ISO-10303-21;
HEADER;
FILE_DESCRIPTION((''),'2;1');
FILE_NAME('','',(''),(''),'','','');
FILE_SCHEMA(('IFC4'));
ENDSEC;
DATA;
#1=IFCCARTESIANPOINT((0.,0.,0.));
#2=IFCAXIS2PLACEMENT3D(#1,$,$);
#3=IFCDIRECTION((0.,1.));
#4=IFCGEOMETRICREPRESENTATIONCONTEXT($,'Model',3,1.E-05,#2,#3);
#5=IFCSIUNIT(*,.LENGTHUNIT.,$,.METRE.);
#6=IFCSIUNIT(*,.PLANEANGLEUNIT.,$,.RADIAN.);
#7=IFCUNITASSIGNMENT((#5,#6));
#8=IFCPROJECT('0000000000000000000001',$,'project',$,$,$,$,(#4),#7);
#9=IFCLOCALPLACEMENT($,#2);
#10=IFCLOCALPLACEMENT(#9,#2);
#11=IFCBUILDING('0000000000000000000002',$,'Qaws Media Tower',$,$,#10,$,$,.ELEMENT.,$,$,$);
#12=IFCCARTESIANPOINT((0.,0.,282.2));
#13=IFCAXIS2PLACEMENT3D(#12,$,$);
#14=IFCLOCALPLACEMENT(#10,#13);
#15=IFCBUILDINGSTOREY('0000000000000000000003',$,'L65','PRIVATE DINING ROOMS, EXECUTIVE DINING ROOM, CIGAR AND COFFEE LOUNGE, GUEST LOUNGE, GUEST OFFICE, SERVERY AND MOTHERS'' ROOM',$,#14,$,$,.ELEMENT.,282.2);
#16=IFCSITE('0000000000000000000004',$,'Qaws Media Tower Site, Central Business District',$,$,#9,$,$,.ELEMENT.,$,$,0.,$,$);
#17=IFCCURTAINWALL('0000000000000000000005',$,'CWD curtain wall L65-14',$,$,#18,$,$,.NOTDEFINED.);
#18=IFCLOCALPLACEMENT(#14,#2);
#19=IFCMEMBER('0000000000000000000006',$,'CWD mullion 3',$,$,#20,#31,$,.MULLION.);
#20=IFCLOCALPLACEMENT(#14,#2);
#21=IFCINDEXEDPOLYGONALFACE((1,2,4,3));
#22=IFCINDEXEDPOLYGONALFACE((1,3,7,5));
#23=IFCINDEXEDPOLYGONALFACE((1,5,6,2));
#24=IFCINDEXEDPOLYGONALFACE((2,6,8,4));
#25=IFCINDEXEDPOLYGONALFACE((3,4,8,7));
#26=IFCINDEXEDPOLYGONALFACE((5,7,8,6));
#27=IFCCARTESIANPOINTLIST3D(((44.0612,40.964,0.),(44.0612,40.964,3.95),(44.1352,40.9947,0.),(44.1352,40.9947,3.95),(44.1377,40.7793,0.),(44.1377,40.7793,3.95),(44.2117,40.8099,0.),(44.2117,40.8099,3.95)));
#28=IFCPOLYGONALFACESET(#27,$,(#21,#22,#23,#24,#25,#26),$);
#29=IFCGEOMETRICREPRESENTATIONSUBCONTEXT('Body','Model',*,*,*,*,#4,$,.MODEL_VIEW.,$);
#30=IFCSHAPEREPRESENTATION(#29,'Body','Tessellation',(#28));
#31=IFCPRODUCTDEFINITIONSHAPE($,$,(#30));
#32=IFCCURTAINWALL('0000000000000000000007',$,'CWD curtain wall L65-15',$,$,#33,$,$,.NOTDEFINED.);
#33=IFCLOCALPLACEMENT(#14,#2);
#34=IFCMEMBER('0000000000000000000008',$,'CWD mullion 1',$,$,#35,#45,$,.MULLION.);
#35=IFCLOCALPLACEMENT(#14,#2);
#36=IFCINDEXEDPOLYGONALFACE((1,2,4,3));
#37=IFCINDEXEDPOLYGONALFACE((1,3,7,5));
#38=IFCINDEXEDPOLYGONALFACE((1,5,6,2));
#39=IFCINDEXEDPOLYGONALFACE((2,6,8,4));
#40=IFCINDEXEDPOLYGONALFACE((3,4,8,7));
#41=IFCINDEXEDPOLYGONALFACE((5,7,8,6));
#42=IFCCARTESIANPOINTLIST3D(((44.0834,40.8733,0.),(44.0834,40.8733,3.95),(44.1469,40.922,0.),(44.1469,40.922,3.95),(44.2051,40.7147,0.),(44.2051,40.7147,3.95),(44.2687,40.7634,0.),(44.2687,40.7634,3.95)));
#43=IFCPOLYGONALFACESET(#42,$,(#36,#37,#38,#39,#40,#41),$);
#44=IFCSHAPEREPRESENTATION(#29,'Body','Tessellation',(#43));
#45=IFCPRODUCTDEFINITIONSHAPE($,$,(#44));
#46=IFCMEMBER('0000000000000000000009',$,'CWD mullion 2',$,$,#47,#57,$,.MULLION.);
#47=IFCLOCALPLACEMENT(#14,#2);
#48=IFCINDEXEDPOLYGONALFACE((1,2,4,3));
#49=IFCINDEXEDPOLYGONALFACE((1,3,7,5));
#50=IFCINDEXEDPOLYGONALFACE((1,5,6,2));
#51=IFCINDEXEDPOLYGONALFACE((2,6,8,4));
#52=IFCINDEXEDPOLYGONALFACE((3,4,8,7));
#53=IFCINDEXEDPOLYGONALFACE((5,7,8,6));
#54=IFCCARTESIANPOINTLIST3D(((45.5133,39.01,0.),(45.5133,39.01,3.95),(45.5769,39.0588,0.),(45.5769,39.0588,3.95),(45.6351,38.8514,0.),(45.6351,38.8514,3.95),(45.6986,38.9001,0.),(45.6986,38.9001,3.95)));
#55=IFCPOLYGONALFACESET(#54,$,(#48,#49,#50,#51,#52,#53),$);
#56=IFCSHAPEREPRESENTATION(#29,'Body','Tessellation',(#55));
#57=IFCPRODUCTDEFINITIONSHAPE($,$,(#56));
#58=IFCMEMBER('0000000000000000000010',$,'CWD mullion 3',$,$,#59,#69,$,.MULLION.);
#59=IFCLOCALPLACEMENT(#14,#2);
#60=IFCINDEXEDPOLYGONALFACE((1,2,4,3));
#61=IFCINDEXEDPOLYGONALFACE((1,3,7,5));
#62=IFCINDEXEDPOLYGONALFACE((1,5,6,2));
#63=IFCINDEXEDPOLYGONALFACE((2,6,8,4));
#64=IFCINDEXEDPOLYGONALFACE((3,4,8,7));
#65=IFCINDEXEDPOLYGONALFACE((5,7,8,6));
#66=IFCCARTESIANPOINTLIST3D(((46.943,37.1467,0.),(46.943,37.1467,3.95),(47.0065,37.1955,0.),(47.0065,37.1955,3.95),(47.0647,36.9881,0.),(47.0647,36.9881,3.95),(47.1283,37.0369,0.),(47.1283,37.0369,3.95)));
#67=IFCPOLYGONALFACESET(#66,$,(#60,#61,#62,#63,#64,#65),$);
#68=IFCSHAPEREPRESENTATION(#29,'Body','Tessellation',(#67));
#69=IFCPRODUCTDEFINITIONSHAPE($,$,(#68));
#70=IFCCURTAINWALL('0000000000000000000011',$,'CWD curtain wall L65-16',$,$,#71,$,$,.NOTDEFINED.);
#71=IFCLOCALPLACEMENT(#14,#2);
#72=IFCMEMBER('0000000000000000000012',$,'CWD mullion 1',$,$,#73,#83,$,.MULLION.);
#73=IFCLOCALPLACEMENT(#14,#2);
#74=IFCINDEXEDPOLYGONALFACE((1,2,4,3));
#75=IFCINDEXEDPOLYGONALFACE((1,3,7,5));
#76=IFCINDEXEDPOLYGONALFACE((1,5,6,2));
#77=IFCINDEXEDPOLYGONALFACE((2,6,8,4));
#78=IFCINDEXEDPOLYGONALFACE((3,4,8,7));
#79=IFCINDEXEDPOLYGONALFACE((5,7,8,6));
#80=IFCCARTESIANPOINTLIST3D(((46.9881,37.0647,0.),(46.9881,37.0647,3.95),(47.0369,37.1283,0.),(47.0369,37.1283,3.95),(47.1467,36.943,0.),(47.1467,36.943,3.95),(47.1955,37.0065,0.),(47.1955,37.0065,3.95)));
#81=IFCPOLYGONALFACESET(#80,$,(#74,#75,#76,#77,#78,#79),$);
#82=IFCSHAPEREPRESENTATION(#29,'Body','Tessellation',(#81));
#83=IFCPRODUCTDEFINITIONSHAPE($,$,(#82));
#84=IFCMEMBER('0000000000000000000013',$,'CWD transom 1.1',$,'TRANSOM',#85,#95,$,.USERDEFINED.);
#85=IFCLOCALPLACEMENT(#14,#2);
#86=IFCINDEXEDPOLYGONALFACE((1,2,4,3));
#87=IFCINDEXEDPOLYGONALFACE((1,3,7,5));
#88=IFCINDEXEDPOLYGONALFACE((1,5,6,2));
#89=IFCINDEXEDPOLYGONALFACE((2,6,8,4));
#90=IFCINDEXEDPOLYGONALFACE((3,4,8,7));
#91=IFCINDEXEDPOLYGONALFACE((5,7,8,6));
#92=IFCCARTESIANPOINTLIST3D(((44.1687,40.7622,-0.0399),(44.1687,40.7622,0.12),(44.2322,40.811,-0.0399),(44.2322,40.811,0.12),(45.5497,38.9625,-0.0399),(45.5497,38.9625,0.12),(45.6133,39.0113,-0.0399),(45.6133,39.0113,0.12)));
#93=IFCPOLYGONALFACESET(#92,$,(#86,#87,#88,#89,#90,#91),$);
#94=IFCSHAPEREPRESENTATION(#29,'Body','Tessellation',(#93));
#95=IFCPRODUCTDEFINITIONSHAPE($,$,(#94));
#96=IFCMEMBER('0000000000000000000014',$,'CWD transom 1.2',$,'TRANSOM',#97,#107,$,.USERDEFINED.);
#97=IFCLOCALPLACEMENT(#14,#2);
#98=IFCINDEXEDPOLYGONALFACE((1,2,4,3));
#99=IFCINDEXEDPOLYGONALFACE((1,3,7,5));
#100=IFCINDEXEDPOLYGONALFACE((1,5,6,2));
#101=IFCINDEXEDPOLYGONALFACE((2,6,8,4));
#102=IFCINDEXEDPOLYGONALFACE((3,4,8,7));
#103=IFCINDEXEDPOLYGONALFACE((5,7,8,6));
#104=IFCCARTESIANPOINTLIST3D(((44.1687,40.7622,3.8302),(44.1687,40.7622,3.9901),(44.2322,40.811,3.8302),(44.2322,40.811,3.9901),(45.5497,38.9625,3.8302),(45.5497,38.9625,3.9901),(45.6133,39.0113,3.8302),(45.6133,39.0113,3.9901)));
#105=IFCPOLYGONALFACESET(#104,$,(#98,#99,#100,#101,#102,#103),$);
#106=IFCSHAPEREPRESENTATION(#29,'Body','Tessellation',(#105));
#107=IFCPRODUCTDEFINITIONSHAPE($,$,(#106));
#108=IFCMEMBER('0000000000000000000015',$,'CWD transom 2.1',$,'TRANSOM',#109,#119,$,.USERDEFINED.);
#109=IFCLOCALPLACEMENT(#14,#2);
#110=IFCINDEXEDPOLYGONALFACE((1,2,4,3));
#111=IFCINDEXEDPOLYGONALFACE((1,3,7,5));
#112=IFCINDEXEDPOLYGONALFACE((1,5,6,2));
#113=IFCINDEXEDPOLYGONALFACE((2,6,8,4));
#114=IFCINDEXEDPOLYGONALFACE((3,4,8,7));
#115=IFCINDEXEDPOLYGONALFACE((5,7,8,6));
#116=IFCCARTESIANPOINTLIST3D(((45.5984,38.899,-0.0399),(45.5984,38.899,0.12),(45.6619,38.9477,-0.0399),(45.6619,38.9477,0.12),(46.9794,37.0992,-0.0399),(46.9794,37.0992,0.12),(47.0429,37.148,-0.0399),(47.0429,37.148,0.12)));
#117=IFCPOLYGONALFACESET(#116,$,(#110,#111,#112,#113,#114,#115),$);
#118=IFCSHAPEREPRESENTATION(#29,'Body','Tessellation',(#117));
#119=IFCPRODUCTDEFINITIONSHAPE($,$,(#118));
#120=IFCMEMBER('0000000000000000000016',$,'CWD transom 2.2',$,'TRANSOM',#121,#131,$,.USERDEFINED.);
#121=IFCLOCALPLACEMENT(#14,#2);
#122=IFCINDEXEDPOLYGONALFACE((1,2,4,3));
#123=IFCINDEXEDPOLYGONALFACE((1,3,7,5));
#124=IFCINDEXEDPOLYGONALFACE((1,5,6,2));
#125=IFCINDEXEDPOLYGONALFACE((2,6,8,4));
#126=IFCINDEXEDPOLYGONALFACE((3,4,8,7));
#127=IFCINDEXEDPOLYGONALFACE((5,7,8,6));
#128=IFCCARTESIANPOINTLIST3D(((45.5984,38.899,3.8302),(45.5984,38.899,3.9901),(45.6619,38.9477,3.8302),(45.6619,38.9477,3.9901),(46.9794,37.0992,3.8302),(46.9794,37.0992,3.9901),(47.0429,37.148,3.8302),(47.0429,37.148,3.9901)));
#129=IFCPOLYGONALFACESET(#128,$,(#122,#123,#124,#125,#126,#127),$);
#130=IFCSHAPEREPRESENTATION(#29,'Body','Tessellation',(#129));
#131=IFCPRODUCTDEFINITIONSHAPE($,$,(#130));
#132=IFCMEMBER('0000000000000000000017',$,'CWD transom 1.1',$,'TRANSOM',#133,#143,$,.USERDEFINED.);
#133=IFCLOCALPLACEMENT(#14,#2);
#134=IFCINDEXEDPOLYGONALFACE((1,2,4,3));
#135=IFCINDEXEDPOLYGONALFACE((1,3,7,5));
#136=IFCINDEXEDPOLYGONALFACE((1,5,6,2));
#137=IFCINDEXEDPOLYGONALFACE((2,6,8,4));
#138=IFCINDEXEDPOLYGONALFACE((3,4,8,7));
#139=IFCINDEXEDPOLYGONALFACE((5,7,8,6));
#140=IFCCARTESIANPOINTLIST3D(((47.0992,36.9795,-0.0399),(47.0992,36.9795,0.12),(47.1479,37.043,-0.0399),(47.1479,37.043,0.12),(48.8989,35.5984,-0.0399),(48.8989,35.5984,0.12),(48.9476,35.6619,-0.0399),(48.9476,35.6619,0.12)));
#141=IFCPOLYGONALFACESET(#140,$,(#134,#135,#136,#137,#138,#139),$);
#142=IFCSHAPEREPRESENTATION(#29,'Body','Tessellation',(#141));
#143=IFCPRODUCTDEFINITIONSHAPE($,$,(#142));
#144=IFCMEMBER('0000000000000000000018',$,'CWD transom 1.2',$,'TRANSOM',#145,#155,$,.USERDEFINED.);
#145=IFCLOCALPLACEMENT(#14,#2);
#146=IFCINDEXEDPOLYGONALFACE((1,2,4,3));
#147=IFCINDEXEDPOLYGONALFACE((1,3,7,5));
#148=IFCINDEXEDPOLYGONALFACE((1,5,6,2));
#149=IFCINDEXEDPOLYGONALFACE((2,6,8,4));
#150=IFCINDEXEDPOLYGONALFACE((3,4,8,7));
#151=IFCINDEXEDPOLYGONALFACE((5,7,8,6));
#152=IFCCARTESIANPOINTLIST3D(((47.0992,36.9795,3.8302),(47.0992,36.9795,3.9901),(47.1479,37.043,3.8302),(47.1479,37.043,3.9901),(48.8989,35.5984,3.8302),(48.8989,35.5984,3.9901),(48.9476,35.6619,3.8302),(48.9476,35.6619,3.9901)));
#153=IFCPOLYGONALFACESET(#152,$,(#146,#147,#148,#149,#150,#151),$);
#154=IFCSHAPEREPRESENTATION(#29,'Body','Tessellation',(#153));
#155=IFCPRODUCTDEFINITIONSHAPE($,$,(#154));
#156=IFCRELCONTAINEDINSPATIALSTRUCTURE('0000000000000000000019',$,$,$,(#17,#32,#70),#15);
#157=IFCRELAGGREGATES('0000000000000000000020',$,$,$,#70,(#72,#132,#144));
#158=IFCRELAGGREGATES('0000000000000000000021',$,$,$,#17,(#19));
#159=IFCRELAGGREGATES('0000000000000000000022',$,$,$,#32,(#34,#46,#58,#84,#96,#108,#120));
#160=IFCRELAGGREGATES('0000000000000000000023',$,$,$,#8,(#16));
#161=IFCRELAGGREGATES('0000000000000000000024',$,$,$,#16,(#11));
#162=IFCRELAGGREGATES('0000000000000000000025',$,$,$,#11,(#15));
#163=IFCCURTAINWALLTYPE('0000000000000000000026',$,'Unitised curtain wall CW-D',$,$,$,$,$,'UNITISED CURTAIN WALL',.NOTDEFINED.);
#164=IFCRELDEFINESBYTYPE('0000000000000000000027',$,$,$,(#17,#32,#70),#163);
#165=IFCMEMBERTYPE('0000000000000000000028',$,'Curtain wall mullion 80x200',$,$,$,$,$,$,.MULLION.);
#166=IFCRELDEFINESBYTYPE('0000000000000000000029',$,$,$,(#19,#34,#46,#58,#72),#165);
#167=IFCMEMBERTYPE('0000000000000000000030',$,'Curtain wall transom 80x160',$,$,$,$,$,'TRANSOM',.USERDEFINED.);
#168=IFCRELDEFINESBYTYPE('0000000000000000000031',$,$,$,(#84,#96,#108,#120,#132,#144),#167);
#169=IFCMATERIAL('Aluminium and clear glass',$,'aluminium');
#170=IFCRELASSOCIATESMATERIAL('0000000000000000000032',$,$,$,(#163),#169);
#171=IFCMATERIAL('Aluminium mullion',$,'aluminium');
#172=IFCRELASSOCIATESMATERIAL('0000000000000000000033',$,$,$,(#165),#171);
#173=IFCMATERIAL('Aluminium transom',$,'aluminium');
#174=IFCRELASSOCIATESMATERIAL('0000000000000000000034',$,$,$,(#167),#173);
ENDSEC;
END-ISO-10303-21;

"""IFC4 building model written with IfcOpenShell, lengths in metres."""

from ifc_helpers import new_model, si_unit, direction, frame, origin, origin_2d, place, context, subcontext, project, spatial, rectangle, extrude, material, material_profile, profile_set, type_object, element, aggregate, save


model = new_model("IFC4")

# Units and contexts
model_context = context("Model", 3, precision=1e-05, world=origin(), true_north=direction((0.0, 1.0)))
body_context = subcontext(model_context, "Body", "Model", "MODEL_VIEW")
ifc_project = project(units=[si_unit("LENGTHUNIT", "METRE"), si_unit("PLANEANGLEUNIT", "RADIAN")], contexts=[model_context])

# Site, building, storey
site_placement = place(None, origin())
site = spatial("IfcSite", under=ifc_project, at=site_placement, Name="Qaws Media Tower Site, Central Business District", CompositionType="ELEMENT", RefElevation=0.0)
building_placement = place(site_placement, origin())
building = spatial("IfcBuilding", under=site, at=building_placement, Name="Qaws Media Tower", CompositionType="ELEMENT")
storey_placement = place(building_placement, frame((0.0, 0.0, 282.2)))
storey = spatial("IfcBuildingStorey", under=building, at=storey_placement, Name="L65", Description="PRIVATE DINING ROOMS, EXECUTIVE DINING ROOM, CIGAR AND COFFEE LOUNGE, GUEST LOUNGE, GUEST OFFICE, SERVERY AND MOTHERS' ROOM", CompositionType="ELEMENT", Elevation=282.2)

# Curtain wall, member
ifc_material_1 = material(Name="Aluminium and clear glass", Category="aluminium")
curtain_wall_type = type_object("IfcCurtainWallType", Name="Unitised curtain wall CW-D", ElementType="UNITISED CURTAIN WALL", PredefinedType="NOTDEFINED", material=ifc_material_1)
curtain_wall_1_placement = place(storey_placement, origin())
curtain_wall_1 = element("IfcCurtainWall", 1, at=curtain_wall_1_placement, inside=storey, type_object=curtain_wall_type, Name="CWD curtain wall L65-14", PredefinedType="NOTDEFINED")
ifc_material_2 = material(Name="Aluminium mullion", Category="aluminium")
ifc_material_profile_1 = material_profile(ifc_material_2, rectangle(XDim=0.0801, YDim=0.2, at=origin_2d()), Name="80x200")
ifc_profile_set_1 = profile_set([ifc_material_profile_1], Name="Aluminium mullion")
member_type_1 = type_object("IfcMemberType", Name="Curtain wall mullion 80x200", PredefinedType="MULLION", material=ifc_profile_set_1)
member_1_placement = place(storey_placement, frame((44.1365, 40.887, 0.0), z_axis=(0.0, 0.0, 1.0), x_axis=(0.923879, 0.382684, 0.0)))
member_1 = element("IfcMember", 2, at=member_1_placement, type_object=member_type_1, Name="CWD mullion 3", PredefinedType="MULLION", context=body_context, shape_type="SweptSolid", body=[
    extrude(rectangle(XDim=0.0801, YDim=0.2, at=origin_2d()), origin(), (0.0, 0.0, 1.0), 3.95),
])

# Curtain wall, members
curtain_wall_2_placement = place(storey_placement, origin())
curtain_wall_2 = element("IfcCurtainWall", 3, at=curtain_wall_2_placement, inside=storey, type_object=curtain_wall_type, Name="CWD curtain wall L65-15", PredefinedType="NOTDEFINED")
member_2_placement = place(storey_placement, frame((44.176, 40.8184, 0.0), z_axis=(0.0, 0.0, 1.0), x_axis=(0.793353, 0.608761, 0.0)))
member_2 = element("IfcMember", 4, at=member_2_placement, type_object=member_type_1, Name="CWD mullion 1", PredefinedType="MULLION", context=body_context, shape_type="SweptSolid", body=[
    extrude(rectangle(XDim=0.0801, YDim=0.2, at=origin_2d()), origin(), (0.0, 0.0, 1.0), 3.95),
])
member_3_placement = place(storey_placement, frame((45.606, 38.9551, 0.0), z_axis=(0.0, 0.0, 1.0), x_axis=(0.793353, 0.608761, 0.0)))
member_3 = element("IfcMember", 5, at=member_3_placement, type_object=member_type_1, Name="CWD mullion 2", PredefinedType="MULLION", context=body_context, shape_type="SweptSolid", body=[
    extrude(rectangle(XDim=0.0801, YDim=0.2, at=origin_2d()), origin(), (0.0, 0.0, 1.0), 3.95),
])
member_4_placement = place(storey_placement, frame((47.0356, 37.0918, 0.0), z_axis=(0.0, 0.0, 1.0), x_axis=(0.793353, 0.608761, 0.0)))
member_4 = element("IfcMember", 6, at=member_4_placement, type_object=member_type_1, Name="CWD mullion 3", PredefinedType="MULLION", context=body_context, shape_type="SweptSolid", body=[
    extrude(rectangle(XDim=0.0801, YDim=0.2, at=origin_2d()), origin(), (0.0, 0.0, 1.0), 3.95),
])

# Curtain wall, member
curtain_wall_3_placement = place(storey_placement, origin())
curtain_wall_3 = element("IfcCurtainWall", 7, at=curtain_wall_3_placement, inside=storey, type_object=curtain_wall_type, Name="CWD curtain wall L65-16", PredefinedType="NOTDEFINED")
member_5_placement = place(storey_placement, frame((47.0918, 37.0356, 0.0), z_axis=(0.0, 0.0, 1.0), x_axis=(0.608761, 0.793353, 0.0)))
member_5 = element("IfcMember", 8, at=member_5_placement, type_object=member_type_1, Name="CWD mullion 1", PredefinedType="MULLION", context=body_context, shape_type="SweptSolid", body=[
    extrude(rectangle(XDim=0.0801, YDim=0.2, at=origin_2d()), origin(), (0.0, 0.0, 1.0), 3.95),
])

# Members
ifc_material_3 = material(Name="Aluminium transom", Category="aluminium")
ifc_material_profile_2 = material_profile(ifc_material_3, rectangle(XDim=0.0801, YDim=0.1599, at=origin_2d()), Name="80x160")
ifc_profile_set_2 = profile_set([ifc_material_profile_2], Name="Aluminium transom")
member_type_2 = type_object("IfcMemberType", Name="Curtain wall transom 80x160", ElementType="TRANSOM", PredefinedType="USERDEFINED", material=ifc_profile_set_2)
member_6_placement = place(storey_placement, frame((44.2004, 40.7866, 0.04), z_axis=(0.608779, -0.79334, 0.0), x_axis=(0.79334, 0.608779, 0.0)))
member_6 = element("IfcMember", 9, at=member_6_placement, type_object=member_type_2, Name="CWD transom 1.1", ObjectType="TRANSOM", PredefinedType="USERDEFINED", context=body_context, shape_type="SweptSolid", body=[
    extrude(rectangle(XDim=0.0801, YDim=0.1599, at=origin_2d()), origin(), (0.0, 0.0, 1.0), 2.2686),
])
member_7_placement = place(storey_placement, frame((44.2004, 40.7866, 3.9102), z_axis=(0.608779, -0.79334, 0.0), x_axis=(0.79334, 0.608779, 0.0)))
member_7 = element("IfcMember", 10, at=member_7_placement, type_object=member_type_2, Name="CWD transom 1.2", ObjectType="TRANSOM", PredefinedType="USERDEFINED", context=body_context, shape_type="SweptSolid", body=[
    extrude(rectangle(XDim=0.0801, YDim=0.1599, at=origin_2d()), origin(), (0.0, 0.0, 1.0), 2.2686),
])
member_8_placement = place(storey_placement, frame((45.6301, 38.9233, 0.04), z_axis=(0.608779, -0.79334, 0.0), x_axis=(0.79334, 0.608779, 0.0)))
member_8 = element("IfcMember", 11, at=member_8_placement, type_object=member_type_2, Name="CWD transom 2.1", ObjectType="TRANSOM", PredefinedType="USERDEFINED", context=body_context, shape_type="SweptSolid", body=[
    extrude(rectangle(XDim=0.0801, YDim=0.1599, at=origin_2d()), origin(), (0.0, 0.0, 1.0), 2.2686),
])
member_9_placement = place(storey_placement, frame((45.6301, 38.9233, 3.9102), z_axis=(0.608779, -0.79334, 0.0), x_axis=(0.79334, 0.608779, 0.0)))
member_9 = element("IfcMember", 12, at=member_9_placement, type_object=member_type_2, Name="CWD transom 2.2", ObjectType="TRANSOM", PredefinedType="USERDEFINED", context=body_context, shape_type="SweptSolid", body=[
    extrude(rectangle(XDim=0.0801, YDim=0.1599, at=origin_2d()), origin(), (0.0, 0.0, 1.0), 2.2686),
])
member_10_placement = place(storey_placement, frame((47.1235, 37.0112, 0.04), z_axis=(0.79334, -0.608779, 0.0), x_axis=(0.608779, 0.79334, 0.0)))
member_10 = element("IfcMember", 13, at=member_10_placement, type_object=member_type_2, Name="CWD transom 1.1", ObjectType="TRANSOM", PredefinedType="USERDEFINED", context=body_context, shape_type="SweptSolid", body=[
    extrude(rectangle(XDim=0.0801, YDim=0.1599, at=origin_2d()), origin(), (0.0, 0.0, 1.0), 2.2686),
])
member_11_placement = place(storey_placement, frame((47.1235, 37.0112, 3.9102), z_axis=(0.79334, -0.608779, 0.0), x_axis=(0.608779, 0.79334, 0.0)))
member_11 = element("IfcMember", 14, at=member_11_placement, type_object=member_type_2, Name="CWD transom 1.2", ObjectType="TRANSOM", PredefinedType="USERDEFINED", context=body_context, shape_type="SweptSolid", body=[
    extrude(rectangle(XDim=0.0801, YDim=0.1599, at=origin_2d()), origin(), (0.0, 0.0, 1.0), 2.2686),
])
aggregate(curtain_wall_3, [member_5, member_10, member_11])

aggregate(curtain_wall_1, [member_1])
aggregate(curtain_wall_2, [member_2, member_3, member_4, member_6, member_7, member_8, member_9])

save(model, "model.ifc")
